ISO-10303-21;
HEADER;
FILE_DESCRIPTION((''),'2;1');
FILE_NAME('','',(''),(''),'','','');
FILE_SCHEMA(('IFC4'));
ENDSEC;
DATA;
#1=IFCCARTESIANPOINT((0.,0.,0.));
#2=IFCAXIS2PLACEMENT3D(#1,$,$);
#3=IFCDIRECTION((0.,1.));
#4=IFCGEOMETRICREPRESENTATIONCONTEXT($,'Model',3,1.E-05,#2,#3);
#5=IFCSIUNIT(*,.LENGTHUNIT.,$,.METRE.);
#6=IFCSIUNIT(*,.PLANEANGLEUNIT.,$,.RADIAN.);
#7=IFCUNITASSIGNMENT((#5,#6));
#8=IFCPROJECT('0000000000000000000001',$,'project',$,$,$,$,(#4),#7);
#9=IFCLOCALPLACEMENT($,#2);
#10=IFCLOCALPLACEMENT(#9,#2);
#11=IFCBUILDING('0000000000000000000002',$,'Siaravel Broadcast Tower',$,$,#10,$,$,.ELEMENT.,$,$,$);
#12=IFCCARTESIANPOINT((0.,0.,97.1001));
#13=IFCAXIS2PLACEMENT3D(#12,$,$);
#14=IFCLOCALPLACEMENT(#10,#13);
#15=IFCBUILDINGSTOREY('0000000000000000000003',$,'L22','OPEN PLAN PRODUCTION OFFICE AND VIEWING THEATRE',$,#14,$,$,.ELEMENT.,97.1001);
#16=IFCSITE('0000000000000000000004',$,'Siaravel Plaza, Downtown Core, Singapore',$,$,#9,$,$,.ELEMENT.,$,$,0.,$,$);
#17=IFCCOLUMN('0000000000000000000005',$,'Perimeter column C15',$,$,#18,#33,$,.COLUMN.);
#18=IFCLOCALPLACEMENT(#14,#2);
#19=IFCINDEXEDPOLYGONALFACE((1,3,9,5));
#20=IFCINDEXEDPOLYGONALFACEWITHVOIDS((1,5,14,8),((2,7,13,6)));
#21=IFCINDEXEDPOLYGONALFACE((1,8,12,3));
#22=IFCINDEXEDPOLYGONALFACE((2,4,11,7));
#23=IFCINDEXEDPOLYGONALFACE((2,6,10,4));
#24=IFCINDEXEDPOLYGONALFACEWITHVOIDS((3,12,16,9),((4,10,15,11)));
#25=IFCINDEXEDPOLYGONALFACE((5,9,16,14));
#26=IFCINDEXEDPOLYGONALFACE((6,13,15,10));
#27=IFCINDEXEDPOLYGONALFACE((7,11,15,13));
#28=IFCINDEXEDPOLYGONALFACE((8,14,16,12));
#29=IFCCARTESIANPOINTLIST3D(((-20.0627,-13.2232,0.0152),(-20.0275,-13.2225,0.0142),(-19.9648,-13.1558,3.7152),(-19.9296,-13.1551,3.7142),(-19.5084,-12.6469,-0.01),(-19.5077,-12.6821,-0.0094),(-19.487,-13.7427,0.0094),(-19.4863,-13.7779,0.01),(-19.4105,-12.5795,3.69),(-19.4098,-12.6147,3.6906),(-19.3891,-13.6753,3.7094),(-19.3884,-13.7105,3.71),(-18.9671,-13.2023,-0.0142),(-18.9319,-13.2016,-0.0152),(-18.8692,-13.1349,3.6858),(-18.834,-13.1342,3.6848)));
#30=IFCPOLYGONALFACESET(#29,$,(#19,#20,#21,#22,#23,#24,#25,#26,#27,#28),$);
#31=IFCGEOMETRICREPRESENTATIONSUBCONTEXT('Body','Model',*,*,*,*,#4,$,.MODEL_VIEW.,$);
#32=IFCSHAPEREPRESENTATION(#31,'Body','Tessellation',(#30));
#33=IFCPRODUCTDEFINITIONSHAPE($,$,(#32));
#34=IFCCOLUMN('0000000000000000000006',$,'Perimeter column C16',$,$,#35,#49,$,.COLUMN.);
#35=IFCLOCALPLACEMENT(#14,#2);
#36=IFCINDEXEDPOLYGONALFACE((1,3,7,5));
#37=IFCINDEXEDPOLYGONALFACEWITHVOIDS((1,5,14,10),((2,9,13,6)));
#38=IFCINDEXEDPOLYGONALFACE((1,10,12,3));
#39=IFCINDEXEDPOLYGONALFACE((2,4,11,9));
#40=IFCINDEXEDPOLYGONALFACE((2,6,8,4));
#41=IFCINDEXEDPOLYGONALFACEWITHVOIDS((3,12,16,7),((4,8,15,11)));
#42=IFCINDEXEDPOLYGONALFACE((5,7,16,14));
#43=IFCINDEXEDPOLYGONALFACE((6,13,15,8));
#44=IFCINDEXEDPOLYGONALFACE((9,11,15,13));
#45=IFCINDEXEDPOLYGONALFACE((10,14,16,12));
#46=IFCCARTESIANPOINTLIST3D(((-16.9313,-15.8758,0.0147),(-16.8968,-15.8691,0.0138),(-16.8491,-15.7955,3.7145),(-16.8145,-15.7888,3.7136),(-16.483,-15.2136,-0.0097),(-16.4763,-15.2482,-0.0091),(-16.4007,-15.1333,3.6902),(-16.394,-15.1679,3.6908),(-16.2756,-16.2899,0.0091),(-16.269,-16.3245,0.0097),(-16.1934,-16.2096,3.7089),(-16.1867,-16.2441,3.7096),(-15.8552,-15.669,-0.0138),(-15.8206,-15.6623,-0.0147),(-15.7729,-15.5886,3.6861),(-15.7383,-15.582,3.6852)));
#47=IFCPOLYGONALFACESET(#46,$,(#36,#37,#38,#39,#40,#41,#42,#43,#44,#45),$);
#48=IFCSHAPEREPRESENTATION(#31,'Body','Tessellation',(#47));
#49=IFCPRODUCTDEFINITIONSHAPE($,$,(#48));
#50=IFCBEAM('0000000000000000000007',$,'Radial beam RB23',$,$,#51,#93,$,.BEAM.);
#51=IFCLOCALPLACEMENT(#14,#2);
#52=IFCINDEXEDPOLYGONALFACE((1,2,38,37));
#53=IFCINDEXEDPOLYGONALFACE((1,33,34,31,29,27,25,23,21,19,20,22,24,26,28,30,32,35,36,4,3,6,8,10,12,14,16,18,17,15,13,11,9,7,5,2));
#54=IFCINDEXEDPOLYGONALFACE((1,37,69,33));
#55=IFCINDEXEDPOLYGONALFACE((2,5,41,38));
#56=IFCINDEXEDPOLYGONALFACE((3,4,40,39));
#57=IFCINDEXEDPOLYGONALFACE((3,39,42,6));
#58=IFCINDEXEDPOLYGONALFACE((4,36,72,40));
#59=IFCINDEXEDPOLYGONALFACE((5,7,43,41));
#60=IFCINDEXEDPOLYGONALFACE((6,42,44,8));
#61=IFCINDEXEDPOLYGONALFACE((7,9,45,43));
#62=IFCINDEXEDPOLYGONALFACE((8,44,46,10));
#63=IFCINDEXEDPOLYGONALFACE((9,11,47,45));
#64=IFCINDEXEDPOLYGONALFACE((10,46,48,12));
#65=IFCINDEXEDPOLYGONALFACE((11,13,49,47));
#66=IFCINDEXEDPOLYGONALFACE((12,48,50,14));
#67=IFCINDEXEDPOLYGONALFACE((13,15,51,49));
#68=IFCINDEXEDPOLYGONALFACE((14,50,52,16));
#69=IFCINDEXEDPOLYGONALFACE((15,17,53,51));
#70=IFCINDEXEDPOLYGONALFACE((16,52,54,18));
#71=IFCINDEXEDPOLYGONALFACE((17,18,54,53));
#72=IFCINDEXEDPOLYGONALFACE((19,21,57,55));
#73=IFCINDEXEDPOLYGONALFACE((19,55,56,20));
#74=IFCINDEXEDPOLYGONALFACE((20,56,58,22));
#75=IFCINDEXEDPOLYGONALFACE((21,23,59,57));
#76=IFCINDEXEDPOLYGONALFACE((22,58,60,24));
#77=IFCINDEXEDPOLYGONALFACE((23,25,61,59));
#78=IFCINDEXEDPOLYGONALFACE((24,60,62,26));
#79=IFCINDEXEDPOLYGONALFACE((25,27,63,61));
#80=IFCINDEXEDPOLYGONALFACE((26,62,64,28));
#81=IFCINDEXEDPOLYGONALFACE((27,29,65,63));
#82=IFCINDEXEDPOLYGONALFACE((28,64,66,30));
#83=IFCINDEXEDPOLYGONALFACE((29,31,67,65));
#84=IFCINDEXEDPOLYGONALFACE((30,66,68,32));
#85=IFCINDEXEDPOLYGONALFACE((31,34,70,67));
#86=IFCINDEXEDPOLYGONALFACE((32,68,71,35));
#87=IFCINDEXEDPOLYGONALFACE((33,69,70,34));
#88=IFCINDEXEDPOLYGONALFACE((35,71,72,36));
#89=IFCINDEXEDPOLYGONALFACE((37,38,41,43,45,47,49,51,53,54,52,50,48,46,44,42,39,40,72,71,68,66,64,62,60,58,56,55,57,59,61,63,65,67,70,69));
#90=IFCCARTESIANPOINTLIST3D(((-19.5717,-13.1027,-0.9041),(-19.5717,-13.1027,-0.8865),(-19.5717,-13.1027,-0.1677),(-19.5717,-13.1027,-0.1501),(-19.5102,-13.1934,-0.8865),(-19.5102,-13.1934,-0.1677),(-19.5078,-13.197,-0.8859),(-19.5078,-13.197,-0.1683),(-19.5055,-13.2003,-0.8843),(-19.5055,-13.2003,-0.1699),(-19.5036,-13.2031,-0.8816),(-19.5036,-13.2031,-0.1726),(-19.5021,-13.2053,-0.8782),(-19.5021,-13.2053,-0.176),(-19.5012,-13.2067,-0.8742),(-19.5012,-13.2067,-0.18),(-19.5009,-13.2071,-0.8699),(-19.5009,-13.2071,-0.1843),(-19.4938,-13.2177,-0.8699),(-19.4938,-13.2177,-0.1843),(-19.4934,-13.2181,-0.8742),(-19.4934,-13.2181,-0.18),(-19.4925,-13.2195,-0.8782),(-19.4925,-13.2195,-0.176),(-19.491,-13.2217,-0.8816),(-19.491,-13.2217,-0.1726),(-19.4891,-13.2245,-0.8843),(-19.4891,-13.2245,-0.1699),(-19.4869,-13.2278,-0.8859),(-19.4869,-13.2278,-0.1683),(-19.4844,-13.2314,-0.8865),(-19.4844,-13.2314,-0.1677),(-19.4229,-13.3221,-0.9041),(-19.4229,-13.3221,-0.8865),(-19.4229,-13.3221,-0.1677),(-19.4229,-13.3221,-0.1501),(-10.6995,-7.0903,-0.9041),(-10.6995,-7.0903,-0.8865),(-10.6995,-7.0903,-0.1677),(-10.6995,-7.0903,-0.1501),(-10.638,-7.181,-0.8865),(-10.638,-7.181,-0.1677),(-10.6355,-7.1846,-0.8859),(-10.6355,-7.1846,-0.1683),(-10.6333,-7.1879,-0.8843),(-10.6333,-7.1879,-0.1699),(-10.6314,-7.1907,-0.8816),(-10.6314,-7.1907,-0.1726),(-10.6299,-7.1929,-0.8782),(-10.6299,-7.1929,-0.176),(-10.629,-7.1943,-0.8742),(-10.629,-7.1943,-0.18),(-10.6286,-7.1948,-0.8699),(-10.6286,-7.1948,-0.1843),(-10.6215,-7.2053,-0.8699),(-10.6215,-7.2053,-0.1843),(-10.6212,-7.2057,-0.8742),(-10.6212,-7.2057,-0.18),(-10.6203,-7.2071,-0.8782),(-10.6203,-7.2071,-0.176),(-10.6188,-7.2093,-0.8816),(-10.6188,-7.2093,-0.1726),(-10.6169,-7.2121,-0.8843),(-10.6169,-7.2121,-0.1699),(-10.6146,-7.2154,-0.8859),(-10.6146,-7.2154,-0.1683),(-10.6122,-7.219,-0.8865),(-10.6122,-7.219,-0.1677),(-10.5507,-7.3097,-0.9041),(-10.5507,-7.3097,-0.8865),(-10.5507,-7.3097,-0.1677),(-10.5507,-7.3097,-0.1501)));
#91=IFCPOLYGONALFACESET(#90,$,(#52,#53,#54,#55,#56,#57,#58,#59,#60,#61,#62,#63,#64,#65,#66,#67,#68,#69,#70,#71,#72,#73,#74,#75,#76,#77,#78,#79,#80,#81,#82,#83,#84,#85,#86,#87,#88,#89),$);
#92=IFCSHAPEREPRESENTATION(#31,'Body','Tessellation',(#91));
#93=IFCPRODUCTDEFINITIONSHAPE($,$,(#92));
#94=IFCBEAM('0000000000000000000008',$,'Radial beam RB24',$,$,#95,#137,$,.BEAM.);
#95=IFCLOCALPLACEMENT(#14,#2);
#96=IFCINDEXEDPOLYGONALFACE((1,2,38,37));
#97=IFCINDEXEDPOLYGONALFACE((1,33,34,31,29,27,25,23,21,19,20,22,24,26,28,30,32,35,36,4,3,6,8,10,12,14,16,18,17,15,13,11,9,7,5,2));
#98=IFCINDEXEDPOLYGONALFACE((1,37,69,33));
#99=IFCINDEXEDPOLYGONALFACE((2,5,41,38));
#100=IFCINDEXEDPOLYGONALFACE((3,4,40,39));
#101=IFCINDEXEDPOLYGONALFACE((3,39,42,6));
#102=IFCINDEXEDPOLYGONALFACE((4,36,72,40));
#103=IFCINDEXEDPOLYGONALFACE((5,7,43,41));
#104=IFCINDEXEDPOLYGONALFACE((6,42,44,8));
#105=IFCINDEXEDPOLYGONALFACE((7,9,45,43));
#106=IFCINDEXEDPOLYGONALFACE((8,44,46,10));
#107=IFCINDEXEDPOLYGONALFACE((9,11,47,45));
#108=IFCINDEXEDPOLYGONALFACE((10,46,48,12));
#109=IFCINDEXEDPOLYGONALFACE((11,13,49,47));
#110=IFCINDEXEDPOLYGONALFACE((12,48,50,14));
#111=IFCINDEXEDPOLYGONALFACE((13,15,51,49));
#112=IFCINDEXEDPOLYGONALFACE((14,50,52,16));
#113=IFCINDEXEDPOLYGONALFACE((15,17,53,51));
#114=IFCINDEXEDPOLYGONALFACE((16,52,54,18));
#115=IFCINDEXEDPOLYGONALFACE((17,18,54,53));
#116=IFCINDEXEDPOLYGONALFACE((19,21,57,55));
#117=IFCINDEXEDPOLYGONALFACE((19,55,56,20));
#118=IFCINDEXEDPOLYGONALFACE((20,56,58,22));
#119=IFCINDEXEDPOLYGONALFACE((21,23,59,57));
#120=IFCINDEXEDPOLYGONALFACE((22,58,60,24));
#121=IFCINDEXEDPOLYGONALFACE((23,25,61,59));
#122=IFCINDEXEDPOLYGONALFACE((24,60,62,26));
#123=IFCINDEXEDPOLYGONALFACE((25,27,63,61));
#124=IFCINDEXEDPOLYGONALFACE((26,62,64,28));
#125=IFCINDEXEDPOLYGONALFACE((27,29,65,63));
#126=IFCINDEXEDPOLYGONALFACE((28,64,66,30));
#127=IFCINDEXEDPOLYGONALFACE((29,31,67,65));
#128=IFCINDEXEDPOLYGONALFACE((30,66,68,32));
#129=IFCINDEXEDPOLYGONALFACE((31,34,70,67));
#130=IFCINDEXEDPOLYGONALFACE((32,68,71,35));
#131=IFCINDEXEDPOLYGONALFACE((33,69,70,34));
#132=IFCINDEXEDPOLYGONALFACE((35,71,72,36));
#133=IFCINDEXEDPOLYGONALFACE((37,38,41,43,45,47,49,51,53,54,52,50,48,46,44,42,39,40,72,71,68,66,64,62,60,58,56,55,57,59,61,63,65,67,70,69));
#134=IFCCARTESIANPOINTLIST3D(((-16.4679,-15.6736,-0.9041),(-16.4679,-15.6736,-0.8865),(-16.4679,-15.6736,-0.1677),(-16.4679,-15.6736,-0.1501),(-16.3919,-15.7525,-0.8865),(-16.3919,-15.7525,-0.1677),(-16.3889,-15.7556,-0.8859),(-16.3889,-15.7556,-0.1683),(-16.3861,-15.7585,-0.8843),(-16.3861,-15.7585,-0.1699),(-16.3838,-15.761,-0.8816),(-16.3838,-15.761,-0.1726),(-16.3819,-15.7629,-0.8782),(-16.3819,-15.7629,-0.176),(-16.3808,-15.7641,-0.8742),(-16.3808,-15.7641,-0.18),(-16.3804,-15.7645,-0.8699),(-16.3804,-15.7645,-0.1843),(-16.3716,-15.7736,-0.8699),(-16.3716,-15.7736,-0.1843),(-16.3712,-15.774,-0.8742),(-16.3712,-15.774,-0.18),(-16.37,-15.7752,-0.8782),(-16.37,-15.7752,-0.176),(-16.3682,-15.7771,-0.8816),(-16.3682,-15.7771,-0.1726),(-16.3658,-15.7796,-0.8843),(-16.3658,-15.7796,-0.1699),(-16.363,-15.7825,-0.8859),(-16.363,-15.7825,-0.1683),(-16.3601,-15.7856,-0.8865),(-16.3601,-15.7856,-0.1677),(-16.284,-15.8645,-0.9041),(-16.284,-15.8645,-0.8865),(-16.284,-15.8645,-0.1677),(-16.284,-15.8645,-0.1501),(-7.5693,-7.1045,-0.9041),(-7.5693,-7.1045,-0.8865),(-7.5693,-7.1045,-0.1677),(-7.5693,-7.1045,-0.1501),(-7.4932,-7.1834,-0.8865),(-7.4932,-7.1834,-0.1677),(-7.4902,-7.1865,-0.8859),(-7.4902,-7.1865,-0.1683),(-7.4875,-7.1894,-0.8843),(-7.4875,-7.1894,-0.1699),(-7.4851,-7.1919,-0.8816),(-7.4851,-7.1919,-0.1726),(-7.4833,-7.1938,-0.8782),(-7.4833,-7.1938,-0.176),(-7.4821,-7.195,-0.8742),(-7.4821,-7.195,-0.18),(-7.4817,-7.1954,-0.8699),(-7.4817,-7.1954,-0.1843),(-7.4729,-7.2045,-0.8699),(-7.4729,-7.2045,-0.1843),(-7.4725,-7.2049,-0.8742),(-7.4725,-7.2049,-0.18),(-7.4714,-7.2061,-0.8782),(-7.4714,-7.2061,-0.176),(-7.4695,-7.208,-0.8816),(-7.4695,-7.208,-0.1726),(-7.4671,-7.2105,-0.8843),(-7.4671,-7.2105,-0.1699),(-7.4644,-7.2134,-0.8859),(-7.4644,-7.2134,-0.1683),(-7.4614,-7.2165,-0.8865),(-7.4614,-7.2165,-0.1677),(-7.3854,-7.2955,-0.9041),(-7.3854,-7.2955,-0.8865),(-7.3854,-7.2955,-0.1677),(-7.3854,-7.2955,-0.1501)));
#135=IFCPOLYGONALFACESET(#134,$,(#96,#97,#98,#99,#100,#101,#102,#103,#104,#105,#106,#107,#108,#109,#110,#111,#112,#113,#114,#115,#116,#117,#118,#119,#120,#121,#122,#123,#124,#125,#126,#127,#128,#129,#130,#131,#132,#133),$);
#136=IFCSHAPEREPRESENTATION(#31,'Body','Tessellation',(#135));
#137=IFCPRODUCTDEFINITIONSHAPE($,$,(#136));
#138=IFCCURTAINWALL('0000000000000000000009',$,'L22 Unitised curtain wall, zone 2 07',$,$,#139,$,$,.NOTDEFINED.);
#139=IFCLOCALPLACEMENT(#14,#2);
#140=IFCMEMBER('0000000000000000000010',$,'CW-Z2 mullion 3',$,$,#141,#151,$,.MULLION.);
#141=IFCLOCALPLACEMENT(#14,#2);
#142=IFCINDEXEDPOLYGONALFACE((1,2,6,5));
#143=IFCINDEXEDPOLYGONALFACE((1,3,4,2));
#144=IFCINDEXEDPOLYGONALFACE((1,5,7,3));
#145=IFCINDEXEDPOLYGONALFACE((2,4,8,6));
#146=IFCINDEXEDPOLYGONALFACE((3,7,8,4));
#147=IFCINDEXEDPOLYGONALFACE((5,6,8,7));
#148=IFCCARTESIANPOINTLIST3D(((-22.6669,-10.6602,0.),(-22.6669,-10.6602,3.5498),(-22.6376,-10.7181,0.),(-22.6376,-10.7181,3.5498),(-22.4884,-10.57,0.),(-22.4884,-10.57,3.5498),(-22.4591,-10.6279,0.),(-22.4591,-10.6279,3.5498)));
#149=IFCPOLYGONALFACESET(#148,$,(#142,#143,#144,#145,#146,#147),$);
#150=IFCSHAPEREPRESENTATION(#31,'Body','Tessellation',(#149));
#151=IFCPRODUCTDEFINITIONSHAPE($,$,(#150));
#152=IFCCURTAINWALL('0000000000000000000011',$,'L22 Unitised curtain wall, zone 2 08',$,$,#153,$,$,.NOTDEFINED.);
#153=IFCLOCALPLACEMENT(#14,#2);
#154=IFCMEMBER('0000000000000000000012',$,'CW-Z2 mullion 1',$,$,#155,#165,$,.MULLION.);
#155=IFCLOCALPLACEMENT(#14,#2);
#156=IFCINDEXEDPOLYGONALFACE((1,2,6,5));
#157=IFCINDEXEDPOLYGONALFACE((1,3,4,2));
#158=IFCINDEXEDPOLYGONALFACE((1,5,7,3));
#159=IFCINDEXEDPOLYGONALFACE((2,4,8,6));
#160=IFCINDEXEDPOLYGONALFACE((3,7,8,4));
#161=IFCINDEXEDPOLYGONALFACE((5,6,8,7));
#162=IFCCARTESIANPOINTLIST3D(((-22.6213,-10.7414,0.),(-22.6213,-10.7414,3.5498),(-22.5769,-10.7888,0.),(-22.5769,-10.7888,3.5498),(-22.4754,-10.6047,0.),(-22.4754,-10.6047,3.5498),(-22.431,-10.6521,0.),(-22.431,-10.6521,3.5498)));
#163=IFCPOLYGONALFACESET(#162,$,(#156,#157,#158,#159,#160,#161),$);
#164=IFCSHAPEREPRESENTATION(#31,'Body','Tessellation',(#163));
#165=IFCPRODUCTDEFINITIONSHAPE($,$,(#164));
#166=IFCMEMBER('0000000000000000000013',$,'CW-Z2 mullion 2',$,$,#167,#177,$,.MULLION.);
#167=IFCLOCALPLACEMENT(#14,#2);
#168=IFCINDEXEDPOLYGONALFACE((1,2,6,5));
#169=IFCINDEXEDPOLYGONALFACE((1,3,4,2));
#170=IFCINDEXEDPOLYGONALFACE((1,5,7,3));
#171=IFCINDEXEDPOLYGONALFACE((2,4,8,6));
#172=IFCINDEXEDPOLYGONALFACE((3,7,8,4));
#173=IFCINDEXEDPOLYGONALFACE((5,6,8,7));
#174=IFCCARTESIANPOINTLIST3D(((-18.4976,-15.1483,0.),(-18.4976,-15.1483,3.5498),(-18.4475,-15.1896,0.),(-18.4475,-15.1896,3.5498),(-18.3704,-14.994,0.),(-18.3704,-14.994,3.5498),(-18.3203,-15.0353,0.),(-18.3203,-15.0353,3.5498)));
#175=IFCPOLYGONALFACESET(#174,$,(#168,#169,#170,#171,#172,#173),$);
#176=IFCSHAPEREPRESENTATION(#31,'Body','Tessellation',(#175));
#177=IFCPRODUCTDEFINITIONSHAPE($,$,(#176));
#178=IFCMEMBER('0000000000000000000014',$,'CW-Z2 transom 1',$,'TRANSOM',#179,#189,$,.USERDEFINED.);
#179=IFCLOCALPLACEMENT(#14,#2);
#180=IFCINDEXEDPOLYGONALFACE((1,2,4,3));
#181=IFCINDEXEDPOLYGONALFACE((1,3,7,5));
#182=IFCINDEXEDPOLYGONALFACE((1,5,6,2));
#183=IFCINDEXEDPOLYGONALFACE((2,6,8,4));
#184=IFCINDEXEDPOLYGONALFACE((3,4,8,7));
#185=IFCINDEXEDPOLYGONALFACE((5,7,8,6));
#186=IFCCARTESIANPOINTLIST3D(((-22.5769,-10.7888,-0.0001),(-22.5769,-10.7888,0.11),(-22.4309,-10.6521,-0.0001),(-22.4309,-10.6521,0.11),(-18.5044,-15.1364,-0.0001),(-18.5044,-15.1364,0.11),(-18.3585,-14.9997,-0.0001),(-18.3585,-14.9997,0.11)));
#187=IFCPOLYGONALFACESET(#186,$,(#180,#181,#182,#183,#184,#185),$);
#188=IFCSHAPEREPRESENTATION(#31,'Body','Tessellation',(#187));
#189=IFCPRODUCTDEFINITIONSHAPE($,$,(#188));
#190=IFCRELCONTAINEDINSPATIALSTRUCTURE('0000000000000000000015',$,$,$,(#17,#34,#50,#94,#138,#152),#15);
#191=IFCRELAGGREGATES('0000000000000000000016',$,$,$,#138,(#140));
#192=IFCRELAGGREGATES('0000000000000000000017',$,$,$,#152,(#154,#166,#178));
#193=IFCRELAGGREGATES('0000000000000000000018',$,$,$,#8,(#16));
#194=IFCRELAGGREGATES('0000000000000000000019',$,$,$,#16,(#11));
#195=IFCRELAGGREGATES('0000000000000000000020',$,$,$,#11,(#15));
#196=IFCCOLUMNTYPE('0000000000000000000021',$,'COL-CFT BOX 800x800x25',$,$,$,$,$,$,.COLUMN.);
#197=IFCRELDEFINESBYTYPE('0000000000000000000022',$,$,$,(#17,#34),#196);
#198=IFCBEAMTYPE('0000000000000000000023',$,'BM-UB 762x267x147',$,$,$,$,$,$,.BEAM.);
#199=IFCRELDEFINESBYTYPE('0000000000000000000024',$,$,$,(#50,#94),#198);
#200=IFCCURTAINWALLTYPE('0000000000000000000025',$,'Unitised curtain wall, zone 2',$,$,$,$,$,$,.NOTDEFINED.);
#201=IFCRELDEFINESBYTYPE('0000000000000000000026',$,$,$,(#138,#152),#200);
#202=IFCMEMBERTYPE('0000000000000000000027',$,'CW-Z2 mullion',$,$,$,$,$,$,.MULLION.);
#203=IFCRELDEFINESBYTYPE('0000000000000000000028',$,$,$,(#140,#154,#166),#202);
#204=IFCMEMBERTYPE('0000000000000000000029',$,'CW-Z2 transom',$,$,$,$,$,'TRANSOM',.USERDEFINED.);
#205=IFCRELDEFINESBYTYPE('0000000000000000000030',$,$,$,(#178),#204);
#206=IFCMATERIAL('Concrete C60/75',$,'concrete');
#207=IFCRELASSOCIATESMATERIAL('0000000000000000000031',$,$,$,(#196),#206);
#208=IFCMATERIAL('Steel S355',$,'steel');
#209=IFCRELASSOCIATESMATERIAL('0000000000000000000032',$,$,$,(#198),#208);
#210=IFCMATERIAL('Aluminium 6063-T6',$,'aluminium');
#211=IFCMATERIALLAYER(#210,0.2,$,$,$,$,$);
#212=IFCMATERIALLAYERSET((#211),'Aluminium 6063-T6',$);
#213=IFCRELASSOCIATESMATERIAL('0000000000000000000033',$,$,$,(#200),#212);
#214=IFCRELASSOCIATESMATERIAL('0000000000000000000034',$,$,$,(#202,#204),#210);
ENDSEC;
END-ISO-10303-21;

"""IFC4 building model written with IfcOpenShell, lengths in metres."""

from ifc_helpers import new_model, si_unit, direction, frame, origin, origin_2d, place, context, subcontext, project, spatial, rectangle, hollow_rectangle, i_section, extrude, material, layer, layer_set, material_profile, profile_set, type_object, element, aggregate, save


model = new_model("IFC4")

# Units and contexts
model_context = context("Model", 3, precision=1e-05, world=origin(), true_north=direction((0.0, 1.0)))
body_context = subcontext(model_context, "Body", "Model", "MODEL_VIEW")
ifc_project = project(units=[si_unit("LENGTHUNIT", "METRE"), si_unit("PLANEANGLEUNIT", "RADIAN")], contexts=[model_context])

# Site, building, storey
site_placement = place(None, origin())
site = spatial("IfcSite", under=ifc_project, at=site_placement, Name="Siaravel Plaza, Downtown Core, Singapore", CompositionType="ELEMENT", RefElevation=0.0)
building_placement = place(site_placement, origin())
building = spatial("IfcBuilding", under=site, at=building_placement, Name="Siaravel Broadcast Tower", CompositionType="ELEMENT")
storey_placement = place(building_placement, frame((0.0, 0.0, 97.1001)))
storey = spatial("IfcBuildingStorey", under=building, at=storey_placement, Name="L22", Description="OPEN PLAN PRODUCTION OFFICE AND VIEWING THEATRE", CompositionType="ELEMENT", Elevation=97.1001)

# Columns
ifc_material_1 = material(Name="Concrete C60/75", Category="concrete")
ifc_material_profile_1 = material_profile(ifc_material_1, hollow_rectangle(XDim=0.8, YDim=0.8, WallThickness=0.0249, at=origin_2d()))
ifc_profile_set_1 = profile_set([ifc_material_profile_1], Name="Concrete C60/75")
column_type = type_object("IfcColumnType", Name="COL-CFT BOX 800x800x25", PredefinedType="COLUMN", material=ifc_profile_set_1)
column_1_placement = place(storey_placement, frame((-19.4973, -13.2124, 0.0), z_axis=(0.026446, 0.018202, 0.999484), x_axis=(-0.720537, 0.693387, 0.006437)))
element("IfcColumn", 1, at=column_1_placement, inside=storey, type_object=column_type, Name="Perimeter column C15", PredefinedType="COLUMN", context=body_context, shape_type="SweptSolid", body=[
    extrude(hollow_rectangle(XDim=0.8, YDim=0.8, WallThickness=0.0249, at=origin_2d()), origin(), (0.0, 0.0, 1.0), 3.7019),
])
column_2_placement = place(storey_placement, frame((-16.376, -15.769, 0.0), z_axis=(0.022226, 0.021699, 0.999517), x_axis=(-0.827911, 0.560825, 0.006235)))
element("IfcColumn", 2, at=column_2_placement, inside=storey, type_object=column_type, Name="Perimeter column C16", PredefinedType="COLUMN", context=body_context, shape_type="SweptSolid", body=[
    extrude(hollow_rectangle(XDim=0.8, YDim=0.8, WallThickness=0.0249, at=origin_2d()), origin(), (0.0, 0.0, 1.0), 3.7017),
])

# Beams
ifc_material_2 = material(Name="Steel S355", Category="steel")
ifc_material_profile_2 = material_profile(ifc_material_2, i_section(OverallWidth=0.2651, OverallDepth=0.7539, WebThickness=0.0127, FlangeThickness=0.0176, FilletRadius=0.0166, at=origin_2d()))
ifc_profile_set_2 = profile_set([ifc_material_profile_2], Name="Steel S355")
beam_type = type_object("IfcBeamType", Name="BM-UB 762x267x147", PredefinedType="BEAM", material=ifc_profile_set_2)
beam_1_placement = place(storey_placement, frame((-19.4973, -13.2124, -0.5271), z_axis=(0.827825, 0.560987, 0.0), x_axis=(-0.560987, 0.827825, 0.0)))
element("IfcBeam", 3, at=beam_1_placement, inside=storey, type_object=beam_type, Name="Radial beam RB23", PredefinedType="BEAM", context=body_context, shape_type="SweptSolid", body=[
    extrude(i_section(OverallWidth=0.2651, OverallDepth=0.7539, WebThickness=0.0127, FlangeThickness=0.0176, FilletRadius=0.0166, at=origin_2d()), origin(), (0.0, 0.0, 1.0), 10.7175),
])
beam_2_placement = place(storey_placement, frame((-16.376, -15.769, -0.5271), z_axis=(0.720321, 0.693641, 0.0), x_axis=(-0.693641, 0.720321, 0.0)))
element("IfcBeam", 4, at=beam_2_placement, inside=storey, type_object=beam_type, Name="Radial beam RB24", PredefinedType="BEAM", context=body_context, shape_type="SweptSolid", body=[
    extrude(i_section(OverallWidth=0.2651, OverallDepth=0.7539, WebThickness=0.0127, FlangeThickness=0.0176, FilletRadius=0.0166, at=origin_2d()), origin(), (0.0, 0.0, 1.0), 12.3538),
])

# Curtain wall, member
ifc_material_3 = material(Name="Aluminium 6063-T6", Category="aluminium")
ifc_layer_1 = layer(ifc_material_3, 0.2)
ifc_layer_set_1 = layer_set([ifc_layer_1], Name="Aluminium 6063-T6")
curtain_wall_type = type_object("IfcCurtainWallType", Name="Unitised curtain wall, zone 2", PredefinedType="NOTDEFINED", material=ifc_layer_set_1)
curtain_wall_1_placement = place(storey_placement, origin())
curtain_wall_1 = element("IfcCurtainWall", 5, at=curtain_wall_1_placement, inside=storey, type_object=curtain_wall_type, Name="L22 Unitised curtain wall, zone 2 07", PredefinedType="NOTDEFINED")
ifc_material_profile_3 = material_profile(ifc_material_3, rectangle(XDim=0.2, YDim=0.0649, at=origin_2d()))
ifc_profile_set_3 = profile_set([ifc_material_profile_3], Name="Aluminium 6063-T6")
member_type_1 = type_object("IfcMemberType", Name="CW-Z2 mullion", PredefinedType="MULLION", material=ifc_profile_set_3)
member_1_placement = place(storey_placement, frame((-22.563, -10.644, 0.0), z_axis=(0.0, 0.0, 1.0), x_axis=(0.892392, 0.451261, 0.0)))
member_1 = element("IfcMember", 6, at=member_1_placement, type_object=member_type_1, Name="CW-Z2 mullion 3", PredefinedType="MULLION", context=body_context, shape_type="SweptSolid", body=[
    extrude(rectangle(XDim=0.2, YDim=0.0649, at=origin_2d()), origin(), (0.0, 0.0, 1.0), 3.5498),
])
aggregate(curtain_wall_1, [member_1])

# Curtain wall, members
curtain_wall_2_placement = place(storey_placement, origin())
curtain_wall_2 = element("IfcCurtainWall", 7, at=curtain_wall_2_placement, inside=storey, type_object=curtain_wall_type, Name="L22 Unitised curtain wall, zone 2 08", PredefinedType="NOTDEFINED")
member_2_placement = place(storey_placement, frame((-22.5261, -10.6968, 0.0), z_axis=(0.0, 0.0, 1.0), x_axis=(0.729805, 0.683656, 0.0)))
member_2 = element("IfcMember", 8, at=member_2_placement, type_object=member_type_1, Name="CW-Z2 mullion 1", PredefinedType="MULLION", context=body_context, shape_type="SweptSolid", body=[
    extrude(rectangle(XDim=0.2, YDim=0.0649, at=origin_2d()), origin(), (0.0, 0.0, 1.0), 3.5498),
])
member_3_placement = place(storey_placement, frame((-18.4089, -15.0918, 0.0), z_axis=(0.0, 0.0, 1.0), x_axis=(0.636218, 0.771509, 0.0)))
member_3 = element("IfcMember", 9, at=member_3_placement, type_object=member_type_1, Name="CW-Z2 mullion 2", PredefinedType="MULLION", context=body_context, shape_type="SweptSolid", body=[
    extrude(rectangle(XDim=0.2, YDim=0.0649, at=origin_2d()), origin(), (0.0, 0.0, 1.0), 3.5498),
])
ifc_material_profile_4 = material_profile(ifc_material_3, rectangle(XDim=0.2, YDim=0.1101, at=origin_2d()))
ifc_profile_set_4 = profile_set([ifc_material_profile_4], Name="Aluminium 6063-T6")
member_type_2 = type_object("IfcMemberType", Name="CW-Z2 transom", ElementType="TRANSOM", PredefinedType="USERDEFINED", material=ifc_profile_set_4)
member_4_placement = place(storey_placement, frame((-22.5039, -10.7205, 0.0549), z_axis=(0.683636, -0.729823, 0.0), x_axis=(0.729823, 0.683636, 0.0)))
member_4 = element("IfcMember", 10, at=member_4_placement, type_object=member_type_2, Name="CW-Z2 transom 1", ObjectType="TRANSOM", PredefinedType="USERDEFINED", context=body_context, shape_type="SweptSolid", body=[
    extrude(rectangle(XDim=0.2, YDim=0.1101, at=origin_2d()), origin(), (0.0, 0.0, 1.0), 5.957),
])

aggregate(curtain_wall_2, [member_2, member_3, member_4])

save(model, "model.ifc")
